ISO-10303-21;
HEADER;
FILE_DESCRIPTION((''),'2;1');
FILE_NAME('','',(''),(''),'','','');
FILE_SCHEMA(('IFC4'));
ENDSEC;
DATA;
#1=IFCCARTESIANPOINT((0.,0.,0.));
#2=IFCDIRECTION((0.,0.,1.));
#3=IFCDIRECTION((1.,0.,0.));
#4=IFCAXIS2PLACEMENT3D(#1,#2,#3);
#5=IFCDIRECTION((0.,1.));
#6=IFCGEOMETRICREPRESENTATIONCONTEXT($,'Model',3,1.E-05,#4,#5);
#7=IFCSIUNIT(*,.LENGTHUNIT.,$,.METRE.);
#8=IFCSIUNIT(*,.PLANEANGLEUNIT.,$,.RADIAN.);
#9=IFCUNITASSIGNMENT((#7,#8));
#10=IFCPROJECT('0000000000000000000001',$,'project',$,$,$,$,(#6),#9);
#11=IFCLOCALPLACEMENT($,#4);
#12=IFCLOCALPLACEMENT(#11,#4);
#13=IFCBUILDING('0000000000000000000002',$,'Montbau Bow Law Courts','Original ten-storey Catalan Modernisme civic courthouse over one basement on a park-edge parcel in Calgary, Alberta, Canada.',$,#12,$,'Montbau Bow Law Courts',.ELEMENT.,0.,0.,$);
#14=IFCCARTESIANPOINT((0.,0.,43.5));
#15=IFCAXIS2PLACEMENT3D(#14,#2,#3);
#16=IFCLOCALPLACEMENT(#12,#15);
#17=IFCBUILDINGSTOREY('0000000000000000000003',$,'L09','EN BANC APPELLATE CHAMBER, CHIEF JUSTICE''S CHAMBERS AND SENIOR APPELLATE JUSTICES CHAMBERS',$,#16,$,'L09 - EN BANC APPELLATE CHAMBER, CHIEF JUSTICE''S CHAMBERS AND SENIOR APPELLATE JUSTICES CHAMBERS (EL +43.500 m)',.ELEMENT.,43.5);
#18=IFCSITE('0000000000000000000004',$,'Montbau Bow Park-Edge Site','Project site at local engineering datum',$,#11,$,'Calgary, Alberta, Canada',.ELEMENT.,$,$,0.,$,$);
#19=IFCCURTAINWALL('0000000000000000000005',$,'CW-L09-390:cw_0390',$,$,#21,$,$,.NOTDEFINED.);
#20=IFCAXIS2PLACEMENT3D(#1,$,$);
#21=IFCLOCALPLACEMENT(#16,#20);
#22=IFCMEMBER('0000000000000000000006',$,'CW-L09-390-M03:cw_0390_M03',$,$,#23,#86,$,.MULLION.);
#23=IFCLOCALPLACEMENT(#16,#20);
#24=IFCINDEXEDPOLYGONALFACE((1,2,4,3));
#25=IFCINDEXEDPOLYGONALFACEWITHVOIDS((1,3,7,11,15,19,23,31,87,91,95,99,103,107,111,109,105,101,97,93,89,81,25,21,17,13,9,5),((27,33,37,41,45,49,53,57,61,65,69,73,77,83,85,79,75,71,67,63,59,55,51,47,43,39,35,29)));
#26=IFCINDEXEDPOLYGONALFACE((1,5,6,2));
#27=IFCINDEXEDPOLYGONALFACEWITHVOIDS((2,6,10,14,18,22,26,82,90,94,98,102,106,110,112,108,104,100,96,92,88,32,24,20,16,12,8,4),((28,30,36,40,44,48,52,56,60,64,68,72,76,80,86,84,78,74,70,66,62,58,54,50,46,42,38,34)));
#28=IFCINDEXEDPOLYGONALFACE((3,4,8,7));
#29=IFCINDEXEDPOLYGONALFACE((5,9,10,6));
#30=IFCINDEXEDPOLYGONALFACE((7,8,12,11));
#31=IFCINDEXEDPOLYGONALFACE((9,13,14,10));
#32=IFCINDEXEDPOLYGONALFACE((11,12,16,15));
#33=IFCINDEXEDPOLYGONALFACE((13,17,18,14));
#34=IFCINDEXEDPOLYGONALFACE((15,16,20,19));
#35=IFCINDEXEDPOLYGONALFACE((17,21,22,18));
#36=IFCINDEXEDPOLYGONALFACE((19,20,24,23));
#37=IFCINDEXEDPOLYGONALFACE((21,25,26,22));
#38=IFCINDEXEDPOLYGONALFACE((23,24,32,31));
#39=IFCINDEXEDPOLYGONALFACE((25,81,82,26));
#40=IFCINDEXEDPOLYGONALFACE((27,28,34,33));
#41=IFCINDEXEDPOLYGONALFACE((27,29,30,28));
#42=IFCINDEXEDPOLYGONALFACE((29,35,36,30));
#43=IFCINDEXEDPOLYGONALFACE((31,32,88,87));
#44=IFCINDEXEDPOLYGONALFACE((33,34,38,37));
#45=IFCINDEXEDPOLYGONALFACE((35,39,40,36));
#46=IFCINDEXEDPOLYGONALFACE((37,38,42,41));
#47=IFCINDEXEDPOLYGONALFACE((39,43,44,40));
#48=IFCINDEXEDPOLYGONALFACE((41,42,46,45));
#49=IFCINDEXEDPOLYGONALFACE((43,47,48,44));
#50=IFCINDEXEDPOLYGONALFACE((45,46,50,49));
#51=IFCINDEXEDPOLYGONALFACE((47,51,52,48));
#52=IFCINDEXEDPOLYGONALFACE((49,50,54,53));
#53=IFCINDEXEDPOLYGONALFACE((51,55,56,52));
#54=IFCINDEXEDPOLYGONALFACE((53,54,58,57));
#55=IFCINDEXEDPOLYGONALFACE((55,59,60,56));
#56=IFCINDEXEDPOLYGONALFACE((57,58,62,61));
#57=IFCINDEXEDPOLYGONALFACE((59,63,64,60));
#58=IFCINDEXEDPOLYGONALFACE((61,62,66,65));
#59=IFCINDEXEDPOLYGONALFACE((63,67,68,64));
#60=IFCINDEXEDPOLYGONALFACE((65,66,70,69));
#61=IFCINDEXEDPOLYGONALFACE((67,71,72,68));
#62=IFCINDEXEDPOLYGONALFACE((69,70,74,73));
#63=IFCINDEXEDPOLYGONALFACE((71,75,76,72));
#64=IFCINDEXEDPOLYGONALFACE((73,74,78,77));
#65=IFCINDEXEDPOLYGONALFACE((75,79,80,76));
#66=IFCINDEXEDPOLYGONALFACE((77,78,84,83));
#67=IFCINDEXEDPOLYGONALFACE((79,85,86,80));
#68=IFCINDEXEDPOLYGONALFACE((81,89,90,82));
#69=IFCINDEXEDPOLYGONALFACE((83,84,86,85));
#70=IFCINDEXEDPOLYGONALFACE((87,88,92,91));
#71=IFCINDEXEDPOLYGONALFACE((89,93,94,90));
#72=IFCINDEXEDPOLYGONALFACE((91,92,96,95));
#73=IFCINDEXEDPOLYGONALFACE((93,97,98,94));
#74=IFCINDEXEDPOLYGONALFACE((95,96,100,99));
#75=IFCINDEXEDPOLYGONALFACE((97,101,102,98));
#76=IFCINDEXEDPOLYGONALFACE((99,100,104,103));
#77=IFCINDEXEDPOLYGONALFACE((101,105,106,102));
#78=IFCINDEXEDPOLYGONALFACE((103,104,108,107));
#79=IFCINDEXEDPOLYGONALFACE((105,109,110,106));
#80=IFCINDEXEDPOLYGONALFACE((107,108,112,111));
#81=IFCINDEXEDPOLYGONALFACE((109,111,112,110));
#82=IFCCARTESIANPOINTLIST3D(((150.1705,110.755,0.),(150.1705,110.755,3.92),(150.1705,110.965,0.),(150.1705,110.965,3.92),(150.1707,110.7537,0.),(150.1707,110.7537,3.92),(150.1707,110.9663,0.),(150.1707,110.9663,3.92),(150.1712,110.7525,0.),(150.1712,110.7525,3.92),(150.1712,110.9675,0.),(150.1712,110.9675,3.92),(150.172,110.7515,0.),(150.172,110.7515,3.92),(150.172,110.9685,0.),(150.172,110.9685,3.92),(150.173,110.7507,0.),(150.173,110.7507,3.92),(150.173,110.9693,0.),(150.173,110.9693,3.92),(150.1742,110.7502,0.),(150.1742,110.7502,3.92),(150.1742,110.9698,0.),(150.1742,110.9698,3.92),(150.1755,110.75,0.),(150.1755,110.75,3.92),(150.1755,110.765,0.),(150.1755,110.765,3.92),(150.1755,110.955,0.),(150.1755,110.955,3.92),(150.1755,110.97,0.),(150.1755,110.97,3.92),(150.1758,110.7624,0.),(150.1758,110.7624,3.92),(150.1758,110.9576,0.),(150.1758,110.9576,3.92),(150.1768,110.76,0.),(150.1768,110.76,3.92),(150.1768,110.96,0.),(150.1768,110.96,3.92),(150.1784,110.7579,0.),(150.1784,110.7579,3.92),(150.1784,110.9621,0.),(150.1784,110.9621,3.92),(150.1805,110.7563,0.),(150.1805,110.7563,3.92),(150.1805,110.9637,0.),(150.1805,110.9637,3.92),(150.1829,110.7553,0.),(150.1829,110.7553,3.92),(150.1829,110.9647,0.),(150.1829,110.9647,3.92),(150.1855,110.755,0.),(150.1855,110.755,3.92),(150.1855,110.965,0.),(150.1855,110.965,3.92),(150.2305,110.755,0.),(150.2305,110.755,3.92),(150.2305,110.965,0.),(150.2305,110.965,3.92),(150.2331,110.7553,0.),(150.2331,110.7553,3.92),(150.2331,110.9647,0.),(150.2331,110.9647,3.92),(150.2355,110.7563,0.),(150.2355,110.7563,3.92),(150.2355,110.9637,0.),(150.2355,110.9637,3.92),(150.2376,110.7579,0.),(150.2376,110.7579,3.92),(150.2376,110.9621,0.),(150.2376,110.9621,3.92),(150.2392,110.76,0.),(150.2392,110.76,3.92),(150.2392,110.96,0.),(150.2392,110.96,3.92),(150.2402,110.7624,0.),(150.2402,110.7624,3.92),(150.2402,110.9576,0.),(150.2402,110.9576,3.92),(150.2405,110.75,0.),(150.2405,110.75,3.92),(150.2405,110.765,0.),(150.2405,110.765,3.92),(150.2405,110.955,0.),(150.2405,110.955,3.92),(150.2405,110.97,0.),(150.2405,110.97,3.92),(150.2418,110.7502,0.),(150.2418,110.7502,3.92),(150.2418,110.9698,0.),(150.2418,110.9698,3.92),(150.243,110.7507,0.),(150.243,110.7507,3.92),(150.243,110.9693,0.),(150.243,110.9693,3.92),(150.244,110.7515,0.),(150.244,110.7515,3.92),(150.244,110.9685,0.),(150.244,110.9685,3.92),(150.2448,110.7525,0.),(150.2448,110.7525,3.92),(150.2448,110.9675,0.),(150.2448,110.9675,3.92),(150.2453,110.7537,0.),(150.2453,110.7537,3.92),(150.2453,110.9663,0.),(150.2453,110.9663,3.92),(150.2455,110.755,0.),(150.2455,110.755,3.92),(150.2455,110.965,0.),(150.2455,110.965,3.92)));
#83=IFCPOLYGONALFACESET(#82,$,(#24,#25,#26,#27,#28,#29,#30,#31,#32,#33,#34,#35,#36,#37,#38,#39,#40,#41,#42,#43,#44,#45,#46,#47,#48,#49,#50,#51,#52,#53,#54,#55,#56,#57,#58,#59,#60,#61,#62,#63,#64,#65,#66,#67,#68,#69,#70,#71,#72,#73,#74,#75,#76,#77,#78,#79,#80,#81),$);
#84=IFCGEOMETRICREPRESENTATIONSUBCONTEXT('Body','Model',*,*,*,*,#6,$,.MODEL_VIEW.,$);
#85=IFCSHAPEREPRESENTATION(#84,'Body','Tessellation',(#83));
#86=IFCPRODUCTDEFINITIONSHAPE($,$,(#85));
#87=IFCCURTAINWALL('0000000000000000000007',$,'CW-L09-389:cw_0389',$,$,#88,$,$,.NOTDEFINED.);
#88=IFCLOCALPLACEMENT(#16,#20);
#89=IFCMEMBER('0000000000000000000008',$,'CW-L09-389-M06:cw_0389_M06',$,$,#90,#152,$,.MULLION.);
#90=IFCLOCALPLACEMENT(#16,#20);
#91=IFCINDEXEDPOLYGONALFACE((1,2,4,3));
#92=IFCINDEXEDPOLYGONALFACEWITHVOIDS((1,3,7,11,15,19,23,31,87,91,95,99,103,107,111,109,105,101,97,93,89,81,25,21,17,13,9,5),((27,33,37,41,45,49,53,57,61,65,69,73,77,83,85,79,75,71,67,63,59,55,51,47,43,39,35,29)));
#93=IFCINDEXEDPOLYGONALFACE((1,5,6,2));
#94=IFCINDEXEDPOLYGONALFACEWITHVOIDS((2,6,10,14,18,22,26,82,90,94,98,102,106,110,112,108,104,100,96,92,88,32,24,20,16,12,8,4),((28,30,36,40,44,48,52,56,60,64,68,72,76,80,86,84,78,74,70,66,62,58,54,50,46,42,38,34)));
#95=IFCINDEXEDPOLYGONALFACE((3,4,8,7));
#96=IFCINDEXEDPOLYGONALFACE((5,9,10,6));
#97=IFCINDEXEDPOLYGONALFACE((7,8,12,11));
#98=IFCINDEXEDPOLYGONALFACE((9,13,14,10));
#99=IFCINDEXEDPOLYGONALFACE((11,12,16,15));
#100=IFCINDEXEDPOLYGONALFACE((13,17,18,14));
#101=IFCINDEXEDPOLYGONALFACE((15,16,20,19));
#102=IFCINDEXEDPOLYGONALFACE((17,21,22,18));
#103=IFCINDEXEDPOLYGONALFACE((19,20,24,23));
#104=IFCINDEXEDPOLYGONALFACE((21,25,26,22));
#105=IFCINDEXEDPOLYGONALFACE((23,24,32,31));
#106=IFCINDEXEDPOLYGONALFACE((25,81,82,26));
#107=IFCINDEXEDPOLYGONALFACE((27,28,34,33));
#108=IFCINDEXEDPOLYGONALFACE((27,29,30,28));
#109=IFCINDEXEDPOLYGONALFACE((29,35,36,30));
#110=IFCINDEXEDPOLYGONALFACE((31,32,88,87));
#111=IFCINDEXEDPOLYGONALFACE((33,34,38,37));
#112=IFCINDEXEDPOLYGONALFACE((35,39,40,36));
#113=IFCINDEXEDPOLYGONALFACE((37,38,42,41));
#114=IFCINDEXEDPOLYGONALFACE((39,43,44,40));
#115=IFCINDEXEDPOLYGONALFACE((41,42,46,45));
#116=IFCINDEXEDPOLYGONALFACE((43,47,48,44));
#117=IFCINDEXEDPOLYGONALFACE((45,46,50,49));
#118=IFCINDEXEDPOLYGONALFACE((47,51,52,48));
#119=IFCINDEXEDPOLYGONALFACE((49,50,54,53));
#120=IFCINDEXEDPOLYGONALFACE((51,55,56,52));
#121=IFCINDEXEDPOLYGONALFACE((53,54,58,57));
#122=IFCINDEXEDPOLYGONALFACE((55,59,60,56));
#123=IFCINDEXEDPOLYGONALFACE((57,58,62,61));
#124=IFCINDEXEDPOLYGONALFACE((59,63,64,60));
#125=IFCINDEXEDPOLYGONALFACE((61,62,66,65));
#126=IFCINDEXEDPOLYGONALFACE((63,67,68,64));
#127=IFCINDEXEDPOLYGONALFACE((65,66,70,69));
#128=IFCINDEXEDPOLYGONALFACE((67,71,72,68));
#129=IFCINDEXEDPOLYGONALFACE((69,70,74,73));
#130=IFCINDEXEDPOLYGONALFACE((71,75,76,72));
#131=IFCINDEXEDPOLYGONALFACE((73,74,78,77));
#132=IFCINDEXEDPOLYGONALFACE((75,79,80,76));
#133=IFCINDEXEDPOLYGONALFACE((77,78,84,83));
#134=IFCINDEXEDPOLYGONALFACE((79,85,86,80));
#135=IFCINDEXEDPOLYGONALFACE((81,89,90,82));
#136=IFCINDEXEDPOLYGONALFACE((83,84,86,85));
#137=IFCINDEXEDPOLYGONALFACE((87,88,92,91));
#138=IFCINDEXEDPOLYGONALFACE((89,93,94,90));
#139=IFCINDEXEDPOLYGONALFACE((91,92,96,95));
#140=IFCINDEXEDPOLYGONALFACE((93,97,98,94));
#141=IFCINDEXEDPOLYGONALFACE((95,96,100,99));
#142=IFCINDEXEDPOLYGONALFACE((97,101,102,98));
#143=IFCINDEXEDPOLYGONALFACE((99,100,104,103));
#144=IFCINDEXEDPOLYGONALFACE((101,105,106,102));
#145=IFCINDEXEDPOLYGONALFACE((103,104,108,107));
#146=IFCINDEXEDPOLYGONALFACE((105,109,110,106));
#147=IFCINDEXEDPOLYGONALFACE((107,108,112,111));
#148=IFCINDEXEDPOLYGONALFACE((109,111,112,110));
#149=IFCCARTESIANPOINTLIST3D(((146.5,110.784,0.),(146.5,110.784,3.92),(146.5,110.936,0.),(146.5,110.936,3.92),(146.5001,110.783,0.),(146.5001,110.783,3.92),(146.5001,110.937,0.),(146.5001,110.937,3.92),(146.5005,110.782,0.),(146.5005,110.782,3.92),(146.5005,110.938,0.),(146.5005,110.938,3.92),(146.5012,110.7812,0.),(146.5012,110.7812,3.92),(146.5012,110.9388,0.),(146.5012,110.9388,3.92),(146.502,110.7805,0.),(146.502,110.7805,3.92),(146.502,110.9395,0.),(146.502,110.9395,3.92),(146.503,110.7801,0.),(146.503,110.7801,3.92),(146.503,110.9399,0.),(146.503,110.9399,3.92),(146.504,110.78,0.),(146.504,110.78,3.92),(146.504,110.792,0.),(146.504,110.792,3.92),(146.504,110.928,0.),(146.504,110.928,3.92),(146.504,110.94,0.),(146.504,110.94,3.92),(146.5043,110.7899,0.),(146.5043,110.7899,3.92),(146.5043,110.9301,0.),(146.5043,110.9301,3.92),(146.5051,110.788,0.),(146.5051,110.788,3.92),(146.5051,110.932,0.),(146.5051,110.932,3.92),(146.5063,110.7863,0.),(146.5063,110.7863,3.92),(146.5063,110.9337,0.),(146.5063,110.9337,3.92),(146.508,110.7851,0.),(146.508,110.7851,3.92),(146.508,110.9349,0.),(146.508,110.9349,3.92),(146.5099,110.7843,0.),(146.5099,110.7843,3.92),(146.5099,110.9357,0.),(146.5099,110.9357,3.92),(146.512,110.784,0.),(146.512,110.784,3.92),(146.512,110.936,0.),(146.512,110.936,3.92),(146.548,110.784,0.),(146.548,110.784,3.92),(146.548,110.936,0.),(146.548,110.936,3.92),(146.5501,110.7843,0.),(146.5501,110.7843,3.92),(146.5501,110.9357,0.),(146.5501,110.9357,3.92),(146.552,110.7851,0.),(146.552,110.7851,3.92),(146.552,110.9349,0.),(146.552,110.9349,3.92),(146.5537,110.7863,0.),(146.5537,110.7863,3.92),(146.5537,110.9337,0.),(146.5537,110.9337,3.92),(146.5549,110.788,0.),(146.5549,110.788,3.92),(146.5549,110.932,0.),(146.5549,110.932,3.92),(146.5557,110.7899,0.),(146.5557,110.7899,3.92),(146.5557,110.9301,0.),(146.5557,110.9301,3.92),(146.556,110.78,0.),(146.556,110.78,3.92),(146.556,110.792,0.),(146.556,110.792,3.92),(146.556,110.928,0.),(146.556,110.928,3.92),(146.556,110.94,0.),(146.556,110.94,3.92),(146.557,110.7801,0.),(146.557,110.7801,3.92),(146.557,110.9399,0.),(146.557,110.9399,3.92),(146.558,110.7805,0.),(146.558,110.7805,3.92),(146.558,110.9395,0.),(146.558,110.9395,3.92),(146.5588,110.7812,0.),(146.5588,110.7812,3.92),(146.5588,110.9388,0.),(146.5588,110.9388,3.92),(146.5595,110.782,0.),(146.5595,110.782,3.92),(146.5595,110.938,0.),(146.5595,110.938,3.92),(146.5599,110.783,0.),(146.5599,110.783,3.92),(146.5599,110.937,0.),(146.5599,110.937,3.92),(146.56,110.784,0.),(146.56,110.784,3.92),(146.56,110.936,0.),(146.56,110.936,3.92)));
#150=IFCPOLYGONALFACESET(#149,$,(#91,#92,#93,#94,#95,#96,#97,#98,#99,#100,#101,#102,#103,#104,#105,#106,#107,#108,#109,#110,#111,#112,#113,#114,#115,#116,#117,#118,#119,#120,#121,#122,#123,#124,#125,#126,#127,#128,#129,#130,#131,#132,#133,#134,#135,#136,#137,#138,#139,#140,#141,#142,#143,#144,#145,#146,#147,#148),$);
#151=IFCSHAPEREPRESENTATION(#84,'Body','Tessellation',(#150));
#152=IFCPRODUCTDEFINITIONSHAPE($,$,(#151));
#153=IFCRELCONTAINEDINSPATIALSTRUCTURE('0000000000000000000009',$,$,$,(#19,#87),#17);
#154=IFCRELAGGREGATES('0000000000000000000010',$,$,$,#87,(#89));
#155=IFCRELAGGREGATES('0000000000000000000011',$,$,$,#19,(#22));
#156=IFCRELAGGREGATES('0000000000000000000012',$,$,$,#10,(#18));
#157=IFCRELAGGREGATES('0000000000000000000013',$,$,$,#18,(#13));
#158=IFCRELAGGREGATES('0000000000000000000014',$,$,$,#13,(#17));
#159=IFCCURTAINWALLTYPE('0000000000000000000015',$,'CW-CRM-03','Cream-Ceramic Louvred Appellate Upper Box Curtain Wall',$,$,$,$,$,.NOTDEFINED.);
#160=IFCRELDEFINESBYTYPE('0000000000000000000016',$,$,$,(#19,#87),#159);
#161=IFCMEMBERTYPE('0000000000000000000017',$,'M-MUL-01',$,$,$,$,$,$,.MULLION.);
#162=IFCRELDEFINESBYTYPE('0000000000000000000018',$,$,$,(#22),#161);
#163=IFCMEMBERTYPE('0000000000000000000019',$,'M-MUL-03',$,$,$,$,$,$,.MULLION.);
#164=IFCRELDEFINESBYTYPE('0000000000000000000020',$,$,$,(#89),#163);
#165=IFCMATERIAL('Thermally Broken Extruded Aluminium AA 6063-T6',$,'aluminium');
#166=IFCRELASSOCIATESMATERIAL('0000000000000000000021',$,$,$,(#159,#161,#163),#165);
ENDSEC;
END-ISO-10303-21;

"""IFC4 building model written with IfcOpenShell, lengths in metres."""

from ifc_helpers import new_model, si_unit, direction, frame, origin_with_axes, origin_2d_with_axis, place, context, subcontext, project, spatial, hollow_rectangle, extrude, material, material_profile, profile_set, type_object, element, aggregate, save


model = new_model("IFC4")

# Units and contexts
model_context = context("Model", 3, precision=1e-05, world=origin_with_axes(), true_north=direction((0.0, 1.0)))
body_context = subcontext(model_context, "Body", "Model", "MODEL_VIEW")
ifc_project = project(units=[si_unit("LENGTHUNIT", "METRE"), si_unit("PLANEANGLEUNIT", "RADIAN")], contexts=[model_context])

# Site, building, storey
site_placement = place(None, origin_with_axes())
site = spatial("IfcSite", under=ifc_project, at=site_placement, Name="Montbau Bow Park-Edge Site", Description="Project site at local engineering datum", LongName="Calgary, Alberta, Canada", CompositionType="ELEMENT", RefElevation=0.0)
building_placement = place(site_placement, origin_with_axes())
building = spatial("IfcBuilding", under=site, at=building_placement, Name="Montbau Bow Law Courts", Description="Original ten-storey Catalan Modernisme civic courthouse over one basement on a park-edge parcel in Calgary, Alberta, Canada.", LongName="Montbau Bow Law Courts", CompositionType="ELEMENT", ElevationOfRefHeight=0.0, ElevationOfTerrain=0.0)
storey_placement = place(building_placement, frame((0.0, 0.0, 43.5), z_axis=(0.0, 0.0, 1.0), x_axis=(1.0, 0.0, 0.0)))
storey = spatial("IfcBuildingStorey", under=building, at=storey_placement, Name="L09", Description="EN BANC APPELLATE CHAMBER, CHIEF JUSTICE'S CHAMBERS AND SENIOR APPELLATE JUSTICES CHAMBERS", LongName="L09 - EN BANC APPELLATE CHAMBER, CHIEF JUSTICE'S CHAMBERS AND SENIOR APPELLATE JUSTICES CHAMBERS (EL +43.500 m)", CompositionType="ELEMENT", Elevation=43.5)

# Curtain wall, member
ifc_material_1 = material(Name="Thermally Broken Extruded Aluminium AA 6063-T6", Category="aluminium")
curtain_wall_type = type_object("IfcCurtainWallType", Name="CW-CRM-03", Description="Cream-Ceramic Louvred Appellate Upper Box Curtain Wall", PredefinedType="NOTDEFINED", material=ifc_material_1)
curtain_wall_1_placement = place(None, frame((147.44, 110.86, 43.5), z_axis=(0.0, 0.0, 1.0), x_axis=(1.0, 0.0, 0.0)))
curtain_wall_1 = element("IfcCurtainWall", 1, at=curtain_wall_1_placement, inside=storey, type_object=curtain_wall_type, Name="CW-L09-390:cw_0390", PredefinedType="NOTDEFINED")
ifc_material_profile_1 = material_profile(ifc_material_1, hollow_rectangle(XDim=0.075, YDim=0.22, WallThickness=0.005, InnerFilletRadius=0.01, OuterFilletRadius=0.005, at=origin_2d_with_axis()), Name="CWM-220X75", Category="Main", Priority=0)
ifc_profile_set_1 = profile_set([ifc_material_profile_1], Name="Thermally Broken Extruded Aluminium AA 6063-T6")
member_type_1 = type_object("IfcMemberType", Name="M-MUL-01", PredefinedType="MULLION", material=ifc_profile_set_1)
member_1_placement = place(None, frame((150.208, 110.86, 43.5), z_axis=(0.0, 0.0, 1.0), x_axis=(1.0, 0.0, 0.0)))
member_1 = element("IfcMember", 2, at=member_1_placement, type_object=member_type_1, Name="CW-L09-390-M03:cw_0390_M03", PredefinedType="MULLION", context=body_context, shape_type="SweptSolid", body=[
    extrude(hollow_rectangle(XDim=0.075, YDim=0.22, WallThickness=0.005, InnerFilletRadius=0.01, OuterFilletRadius=0.005, at=origin_2d_with_axis()), origin_with_axes(), (0.0, 0.0, 1.0), 3.92),
])

# Curtain wall, member
curtain_wall_2_placement = place(None, frame((139.04, 110.86, 43.5), z_axis=(0.0, 0.0, 1.0), x_axis=(1.0, 0.0, 0.0)))
curtain_wall_2 = element("IfcCurtainWall", 3, at=curtain_wall_2_placement, inside=storey, type_object=curtain_wall_type, Name="CW-L09-389:cw_0389", PredefinedType="NOTDEFINED")
ifc_material_profile_2 = material_profile(ifc_material_1, hollow_rectangle(XDim=0.06, YDim=0.16, WallThickness=0.004, InnerFilletRadius=0.008, OuterFilletRadius=0.004, at=origin_2d_with_axis()), Name="CWM-160X60", Category="Main", Priority=0)
ifc_profile_set_2 = profile_set([ifc_material_profile_2], Name="Thermally Broken Extruded Aluminium AA 6063-T6")
member_type_2 = type_object("IfcMemberType", Name="M-MUL-03", PredefinedType="MULLION", material=ifc_profile_set_2)
member_2_placement = place(None, frame((146.53, 110.86, 43.5), z_axis=(0.0, 0.0, 1.0), x_axis=(1.0, 0.0, 0.0)))
member_2 = element("IfcMember", 4, at=member_2_placement, type_object=member_type_2, Name="CW-L09-389-M06:cw_0389_M06", PredefinedType="MULLION", context=body_context, shape_type="SweptSolid", body=[
    extrude(hollow_rectangle(XDim=0.06, YDim=0.16, WallThickness=0.004, InnerFilletRadius=0.008, OuterFilletRadius=0.004, at=origin_2d_with_axis()), origin_with_axes(), (0.0, 0.0, 1.0), 3.92),
])
aggregate(curtain_wall_2, [member_2])

aggregate(curtain_wall_1, [member_1])

save(model, "model.ifc")
